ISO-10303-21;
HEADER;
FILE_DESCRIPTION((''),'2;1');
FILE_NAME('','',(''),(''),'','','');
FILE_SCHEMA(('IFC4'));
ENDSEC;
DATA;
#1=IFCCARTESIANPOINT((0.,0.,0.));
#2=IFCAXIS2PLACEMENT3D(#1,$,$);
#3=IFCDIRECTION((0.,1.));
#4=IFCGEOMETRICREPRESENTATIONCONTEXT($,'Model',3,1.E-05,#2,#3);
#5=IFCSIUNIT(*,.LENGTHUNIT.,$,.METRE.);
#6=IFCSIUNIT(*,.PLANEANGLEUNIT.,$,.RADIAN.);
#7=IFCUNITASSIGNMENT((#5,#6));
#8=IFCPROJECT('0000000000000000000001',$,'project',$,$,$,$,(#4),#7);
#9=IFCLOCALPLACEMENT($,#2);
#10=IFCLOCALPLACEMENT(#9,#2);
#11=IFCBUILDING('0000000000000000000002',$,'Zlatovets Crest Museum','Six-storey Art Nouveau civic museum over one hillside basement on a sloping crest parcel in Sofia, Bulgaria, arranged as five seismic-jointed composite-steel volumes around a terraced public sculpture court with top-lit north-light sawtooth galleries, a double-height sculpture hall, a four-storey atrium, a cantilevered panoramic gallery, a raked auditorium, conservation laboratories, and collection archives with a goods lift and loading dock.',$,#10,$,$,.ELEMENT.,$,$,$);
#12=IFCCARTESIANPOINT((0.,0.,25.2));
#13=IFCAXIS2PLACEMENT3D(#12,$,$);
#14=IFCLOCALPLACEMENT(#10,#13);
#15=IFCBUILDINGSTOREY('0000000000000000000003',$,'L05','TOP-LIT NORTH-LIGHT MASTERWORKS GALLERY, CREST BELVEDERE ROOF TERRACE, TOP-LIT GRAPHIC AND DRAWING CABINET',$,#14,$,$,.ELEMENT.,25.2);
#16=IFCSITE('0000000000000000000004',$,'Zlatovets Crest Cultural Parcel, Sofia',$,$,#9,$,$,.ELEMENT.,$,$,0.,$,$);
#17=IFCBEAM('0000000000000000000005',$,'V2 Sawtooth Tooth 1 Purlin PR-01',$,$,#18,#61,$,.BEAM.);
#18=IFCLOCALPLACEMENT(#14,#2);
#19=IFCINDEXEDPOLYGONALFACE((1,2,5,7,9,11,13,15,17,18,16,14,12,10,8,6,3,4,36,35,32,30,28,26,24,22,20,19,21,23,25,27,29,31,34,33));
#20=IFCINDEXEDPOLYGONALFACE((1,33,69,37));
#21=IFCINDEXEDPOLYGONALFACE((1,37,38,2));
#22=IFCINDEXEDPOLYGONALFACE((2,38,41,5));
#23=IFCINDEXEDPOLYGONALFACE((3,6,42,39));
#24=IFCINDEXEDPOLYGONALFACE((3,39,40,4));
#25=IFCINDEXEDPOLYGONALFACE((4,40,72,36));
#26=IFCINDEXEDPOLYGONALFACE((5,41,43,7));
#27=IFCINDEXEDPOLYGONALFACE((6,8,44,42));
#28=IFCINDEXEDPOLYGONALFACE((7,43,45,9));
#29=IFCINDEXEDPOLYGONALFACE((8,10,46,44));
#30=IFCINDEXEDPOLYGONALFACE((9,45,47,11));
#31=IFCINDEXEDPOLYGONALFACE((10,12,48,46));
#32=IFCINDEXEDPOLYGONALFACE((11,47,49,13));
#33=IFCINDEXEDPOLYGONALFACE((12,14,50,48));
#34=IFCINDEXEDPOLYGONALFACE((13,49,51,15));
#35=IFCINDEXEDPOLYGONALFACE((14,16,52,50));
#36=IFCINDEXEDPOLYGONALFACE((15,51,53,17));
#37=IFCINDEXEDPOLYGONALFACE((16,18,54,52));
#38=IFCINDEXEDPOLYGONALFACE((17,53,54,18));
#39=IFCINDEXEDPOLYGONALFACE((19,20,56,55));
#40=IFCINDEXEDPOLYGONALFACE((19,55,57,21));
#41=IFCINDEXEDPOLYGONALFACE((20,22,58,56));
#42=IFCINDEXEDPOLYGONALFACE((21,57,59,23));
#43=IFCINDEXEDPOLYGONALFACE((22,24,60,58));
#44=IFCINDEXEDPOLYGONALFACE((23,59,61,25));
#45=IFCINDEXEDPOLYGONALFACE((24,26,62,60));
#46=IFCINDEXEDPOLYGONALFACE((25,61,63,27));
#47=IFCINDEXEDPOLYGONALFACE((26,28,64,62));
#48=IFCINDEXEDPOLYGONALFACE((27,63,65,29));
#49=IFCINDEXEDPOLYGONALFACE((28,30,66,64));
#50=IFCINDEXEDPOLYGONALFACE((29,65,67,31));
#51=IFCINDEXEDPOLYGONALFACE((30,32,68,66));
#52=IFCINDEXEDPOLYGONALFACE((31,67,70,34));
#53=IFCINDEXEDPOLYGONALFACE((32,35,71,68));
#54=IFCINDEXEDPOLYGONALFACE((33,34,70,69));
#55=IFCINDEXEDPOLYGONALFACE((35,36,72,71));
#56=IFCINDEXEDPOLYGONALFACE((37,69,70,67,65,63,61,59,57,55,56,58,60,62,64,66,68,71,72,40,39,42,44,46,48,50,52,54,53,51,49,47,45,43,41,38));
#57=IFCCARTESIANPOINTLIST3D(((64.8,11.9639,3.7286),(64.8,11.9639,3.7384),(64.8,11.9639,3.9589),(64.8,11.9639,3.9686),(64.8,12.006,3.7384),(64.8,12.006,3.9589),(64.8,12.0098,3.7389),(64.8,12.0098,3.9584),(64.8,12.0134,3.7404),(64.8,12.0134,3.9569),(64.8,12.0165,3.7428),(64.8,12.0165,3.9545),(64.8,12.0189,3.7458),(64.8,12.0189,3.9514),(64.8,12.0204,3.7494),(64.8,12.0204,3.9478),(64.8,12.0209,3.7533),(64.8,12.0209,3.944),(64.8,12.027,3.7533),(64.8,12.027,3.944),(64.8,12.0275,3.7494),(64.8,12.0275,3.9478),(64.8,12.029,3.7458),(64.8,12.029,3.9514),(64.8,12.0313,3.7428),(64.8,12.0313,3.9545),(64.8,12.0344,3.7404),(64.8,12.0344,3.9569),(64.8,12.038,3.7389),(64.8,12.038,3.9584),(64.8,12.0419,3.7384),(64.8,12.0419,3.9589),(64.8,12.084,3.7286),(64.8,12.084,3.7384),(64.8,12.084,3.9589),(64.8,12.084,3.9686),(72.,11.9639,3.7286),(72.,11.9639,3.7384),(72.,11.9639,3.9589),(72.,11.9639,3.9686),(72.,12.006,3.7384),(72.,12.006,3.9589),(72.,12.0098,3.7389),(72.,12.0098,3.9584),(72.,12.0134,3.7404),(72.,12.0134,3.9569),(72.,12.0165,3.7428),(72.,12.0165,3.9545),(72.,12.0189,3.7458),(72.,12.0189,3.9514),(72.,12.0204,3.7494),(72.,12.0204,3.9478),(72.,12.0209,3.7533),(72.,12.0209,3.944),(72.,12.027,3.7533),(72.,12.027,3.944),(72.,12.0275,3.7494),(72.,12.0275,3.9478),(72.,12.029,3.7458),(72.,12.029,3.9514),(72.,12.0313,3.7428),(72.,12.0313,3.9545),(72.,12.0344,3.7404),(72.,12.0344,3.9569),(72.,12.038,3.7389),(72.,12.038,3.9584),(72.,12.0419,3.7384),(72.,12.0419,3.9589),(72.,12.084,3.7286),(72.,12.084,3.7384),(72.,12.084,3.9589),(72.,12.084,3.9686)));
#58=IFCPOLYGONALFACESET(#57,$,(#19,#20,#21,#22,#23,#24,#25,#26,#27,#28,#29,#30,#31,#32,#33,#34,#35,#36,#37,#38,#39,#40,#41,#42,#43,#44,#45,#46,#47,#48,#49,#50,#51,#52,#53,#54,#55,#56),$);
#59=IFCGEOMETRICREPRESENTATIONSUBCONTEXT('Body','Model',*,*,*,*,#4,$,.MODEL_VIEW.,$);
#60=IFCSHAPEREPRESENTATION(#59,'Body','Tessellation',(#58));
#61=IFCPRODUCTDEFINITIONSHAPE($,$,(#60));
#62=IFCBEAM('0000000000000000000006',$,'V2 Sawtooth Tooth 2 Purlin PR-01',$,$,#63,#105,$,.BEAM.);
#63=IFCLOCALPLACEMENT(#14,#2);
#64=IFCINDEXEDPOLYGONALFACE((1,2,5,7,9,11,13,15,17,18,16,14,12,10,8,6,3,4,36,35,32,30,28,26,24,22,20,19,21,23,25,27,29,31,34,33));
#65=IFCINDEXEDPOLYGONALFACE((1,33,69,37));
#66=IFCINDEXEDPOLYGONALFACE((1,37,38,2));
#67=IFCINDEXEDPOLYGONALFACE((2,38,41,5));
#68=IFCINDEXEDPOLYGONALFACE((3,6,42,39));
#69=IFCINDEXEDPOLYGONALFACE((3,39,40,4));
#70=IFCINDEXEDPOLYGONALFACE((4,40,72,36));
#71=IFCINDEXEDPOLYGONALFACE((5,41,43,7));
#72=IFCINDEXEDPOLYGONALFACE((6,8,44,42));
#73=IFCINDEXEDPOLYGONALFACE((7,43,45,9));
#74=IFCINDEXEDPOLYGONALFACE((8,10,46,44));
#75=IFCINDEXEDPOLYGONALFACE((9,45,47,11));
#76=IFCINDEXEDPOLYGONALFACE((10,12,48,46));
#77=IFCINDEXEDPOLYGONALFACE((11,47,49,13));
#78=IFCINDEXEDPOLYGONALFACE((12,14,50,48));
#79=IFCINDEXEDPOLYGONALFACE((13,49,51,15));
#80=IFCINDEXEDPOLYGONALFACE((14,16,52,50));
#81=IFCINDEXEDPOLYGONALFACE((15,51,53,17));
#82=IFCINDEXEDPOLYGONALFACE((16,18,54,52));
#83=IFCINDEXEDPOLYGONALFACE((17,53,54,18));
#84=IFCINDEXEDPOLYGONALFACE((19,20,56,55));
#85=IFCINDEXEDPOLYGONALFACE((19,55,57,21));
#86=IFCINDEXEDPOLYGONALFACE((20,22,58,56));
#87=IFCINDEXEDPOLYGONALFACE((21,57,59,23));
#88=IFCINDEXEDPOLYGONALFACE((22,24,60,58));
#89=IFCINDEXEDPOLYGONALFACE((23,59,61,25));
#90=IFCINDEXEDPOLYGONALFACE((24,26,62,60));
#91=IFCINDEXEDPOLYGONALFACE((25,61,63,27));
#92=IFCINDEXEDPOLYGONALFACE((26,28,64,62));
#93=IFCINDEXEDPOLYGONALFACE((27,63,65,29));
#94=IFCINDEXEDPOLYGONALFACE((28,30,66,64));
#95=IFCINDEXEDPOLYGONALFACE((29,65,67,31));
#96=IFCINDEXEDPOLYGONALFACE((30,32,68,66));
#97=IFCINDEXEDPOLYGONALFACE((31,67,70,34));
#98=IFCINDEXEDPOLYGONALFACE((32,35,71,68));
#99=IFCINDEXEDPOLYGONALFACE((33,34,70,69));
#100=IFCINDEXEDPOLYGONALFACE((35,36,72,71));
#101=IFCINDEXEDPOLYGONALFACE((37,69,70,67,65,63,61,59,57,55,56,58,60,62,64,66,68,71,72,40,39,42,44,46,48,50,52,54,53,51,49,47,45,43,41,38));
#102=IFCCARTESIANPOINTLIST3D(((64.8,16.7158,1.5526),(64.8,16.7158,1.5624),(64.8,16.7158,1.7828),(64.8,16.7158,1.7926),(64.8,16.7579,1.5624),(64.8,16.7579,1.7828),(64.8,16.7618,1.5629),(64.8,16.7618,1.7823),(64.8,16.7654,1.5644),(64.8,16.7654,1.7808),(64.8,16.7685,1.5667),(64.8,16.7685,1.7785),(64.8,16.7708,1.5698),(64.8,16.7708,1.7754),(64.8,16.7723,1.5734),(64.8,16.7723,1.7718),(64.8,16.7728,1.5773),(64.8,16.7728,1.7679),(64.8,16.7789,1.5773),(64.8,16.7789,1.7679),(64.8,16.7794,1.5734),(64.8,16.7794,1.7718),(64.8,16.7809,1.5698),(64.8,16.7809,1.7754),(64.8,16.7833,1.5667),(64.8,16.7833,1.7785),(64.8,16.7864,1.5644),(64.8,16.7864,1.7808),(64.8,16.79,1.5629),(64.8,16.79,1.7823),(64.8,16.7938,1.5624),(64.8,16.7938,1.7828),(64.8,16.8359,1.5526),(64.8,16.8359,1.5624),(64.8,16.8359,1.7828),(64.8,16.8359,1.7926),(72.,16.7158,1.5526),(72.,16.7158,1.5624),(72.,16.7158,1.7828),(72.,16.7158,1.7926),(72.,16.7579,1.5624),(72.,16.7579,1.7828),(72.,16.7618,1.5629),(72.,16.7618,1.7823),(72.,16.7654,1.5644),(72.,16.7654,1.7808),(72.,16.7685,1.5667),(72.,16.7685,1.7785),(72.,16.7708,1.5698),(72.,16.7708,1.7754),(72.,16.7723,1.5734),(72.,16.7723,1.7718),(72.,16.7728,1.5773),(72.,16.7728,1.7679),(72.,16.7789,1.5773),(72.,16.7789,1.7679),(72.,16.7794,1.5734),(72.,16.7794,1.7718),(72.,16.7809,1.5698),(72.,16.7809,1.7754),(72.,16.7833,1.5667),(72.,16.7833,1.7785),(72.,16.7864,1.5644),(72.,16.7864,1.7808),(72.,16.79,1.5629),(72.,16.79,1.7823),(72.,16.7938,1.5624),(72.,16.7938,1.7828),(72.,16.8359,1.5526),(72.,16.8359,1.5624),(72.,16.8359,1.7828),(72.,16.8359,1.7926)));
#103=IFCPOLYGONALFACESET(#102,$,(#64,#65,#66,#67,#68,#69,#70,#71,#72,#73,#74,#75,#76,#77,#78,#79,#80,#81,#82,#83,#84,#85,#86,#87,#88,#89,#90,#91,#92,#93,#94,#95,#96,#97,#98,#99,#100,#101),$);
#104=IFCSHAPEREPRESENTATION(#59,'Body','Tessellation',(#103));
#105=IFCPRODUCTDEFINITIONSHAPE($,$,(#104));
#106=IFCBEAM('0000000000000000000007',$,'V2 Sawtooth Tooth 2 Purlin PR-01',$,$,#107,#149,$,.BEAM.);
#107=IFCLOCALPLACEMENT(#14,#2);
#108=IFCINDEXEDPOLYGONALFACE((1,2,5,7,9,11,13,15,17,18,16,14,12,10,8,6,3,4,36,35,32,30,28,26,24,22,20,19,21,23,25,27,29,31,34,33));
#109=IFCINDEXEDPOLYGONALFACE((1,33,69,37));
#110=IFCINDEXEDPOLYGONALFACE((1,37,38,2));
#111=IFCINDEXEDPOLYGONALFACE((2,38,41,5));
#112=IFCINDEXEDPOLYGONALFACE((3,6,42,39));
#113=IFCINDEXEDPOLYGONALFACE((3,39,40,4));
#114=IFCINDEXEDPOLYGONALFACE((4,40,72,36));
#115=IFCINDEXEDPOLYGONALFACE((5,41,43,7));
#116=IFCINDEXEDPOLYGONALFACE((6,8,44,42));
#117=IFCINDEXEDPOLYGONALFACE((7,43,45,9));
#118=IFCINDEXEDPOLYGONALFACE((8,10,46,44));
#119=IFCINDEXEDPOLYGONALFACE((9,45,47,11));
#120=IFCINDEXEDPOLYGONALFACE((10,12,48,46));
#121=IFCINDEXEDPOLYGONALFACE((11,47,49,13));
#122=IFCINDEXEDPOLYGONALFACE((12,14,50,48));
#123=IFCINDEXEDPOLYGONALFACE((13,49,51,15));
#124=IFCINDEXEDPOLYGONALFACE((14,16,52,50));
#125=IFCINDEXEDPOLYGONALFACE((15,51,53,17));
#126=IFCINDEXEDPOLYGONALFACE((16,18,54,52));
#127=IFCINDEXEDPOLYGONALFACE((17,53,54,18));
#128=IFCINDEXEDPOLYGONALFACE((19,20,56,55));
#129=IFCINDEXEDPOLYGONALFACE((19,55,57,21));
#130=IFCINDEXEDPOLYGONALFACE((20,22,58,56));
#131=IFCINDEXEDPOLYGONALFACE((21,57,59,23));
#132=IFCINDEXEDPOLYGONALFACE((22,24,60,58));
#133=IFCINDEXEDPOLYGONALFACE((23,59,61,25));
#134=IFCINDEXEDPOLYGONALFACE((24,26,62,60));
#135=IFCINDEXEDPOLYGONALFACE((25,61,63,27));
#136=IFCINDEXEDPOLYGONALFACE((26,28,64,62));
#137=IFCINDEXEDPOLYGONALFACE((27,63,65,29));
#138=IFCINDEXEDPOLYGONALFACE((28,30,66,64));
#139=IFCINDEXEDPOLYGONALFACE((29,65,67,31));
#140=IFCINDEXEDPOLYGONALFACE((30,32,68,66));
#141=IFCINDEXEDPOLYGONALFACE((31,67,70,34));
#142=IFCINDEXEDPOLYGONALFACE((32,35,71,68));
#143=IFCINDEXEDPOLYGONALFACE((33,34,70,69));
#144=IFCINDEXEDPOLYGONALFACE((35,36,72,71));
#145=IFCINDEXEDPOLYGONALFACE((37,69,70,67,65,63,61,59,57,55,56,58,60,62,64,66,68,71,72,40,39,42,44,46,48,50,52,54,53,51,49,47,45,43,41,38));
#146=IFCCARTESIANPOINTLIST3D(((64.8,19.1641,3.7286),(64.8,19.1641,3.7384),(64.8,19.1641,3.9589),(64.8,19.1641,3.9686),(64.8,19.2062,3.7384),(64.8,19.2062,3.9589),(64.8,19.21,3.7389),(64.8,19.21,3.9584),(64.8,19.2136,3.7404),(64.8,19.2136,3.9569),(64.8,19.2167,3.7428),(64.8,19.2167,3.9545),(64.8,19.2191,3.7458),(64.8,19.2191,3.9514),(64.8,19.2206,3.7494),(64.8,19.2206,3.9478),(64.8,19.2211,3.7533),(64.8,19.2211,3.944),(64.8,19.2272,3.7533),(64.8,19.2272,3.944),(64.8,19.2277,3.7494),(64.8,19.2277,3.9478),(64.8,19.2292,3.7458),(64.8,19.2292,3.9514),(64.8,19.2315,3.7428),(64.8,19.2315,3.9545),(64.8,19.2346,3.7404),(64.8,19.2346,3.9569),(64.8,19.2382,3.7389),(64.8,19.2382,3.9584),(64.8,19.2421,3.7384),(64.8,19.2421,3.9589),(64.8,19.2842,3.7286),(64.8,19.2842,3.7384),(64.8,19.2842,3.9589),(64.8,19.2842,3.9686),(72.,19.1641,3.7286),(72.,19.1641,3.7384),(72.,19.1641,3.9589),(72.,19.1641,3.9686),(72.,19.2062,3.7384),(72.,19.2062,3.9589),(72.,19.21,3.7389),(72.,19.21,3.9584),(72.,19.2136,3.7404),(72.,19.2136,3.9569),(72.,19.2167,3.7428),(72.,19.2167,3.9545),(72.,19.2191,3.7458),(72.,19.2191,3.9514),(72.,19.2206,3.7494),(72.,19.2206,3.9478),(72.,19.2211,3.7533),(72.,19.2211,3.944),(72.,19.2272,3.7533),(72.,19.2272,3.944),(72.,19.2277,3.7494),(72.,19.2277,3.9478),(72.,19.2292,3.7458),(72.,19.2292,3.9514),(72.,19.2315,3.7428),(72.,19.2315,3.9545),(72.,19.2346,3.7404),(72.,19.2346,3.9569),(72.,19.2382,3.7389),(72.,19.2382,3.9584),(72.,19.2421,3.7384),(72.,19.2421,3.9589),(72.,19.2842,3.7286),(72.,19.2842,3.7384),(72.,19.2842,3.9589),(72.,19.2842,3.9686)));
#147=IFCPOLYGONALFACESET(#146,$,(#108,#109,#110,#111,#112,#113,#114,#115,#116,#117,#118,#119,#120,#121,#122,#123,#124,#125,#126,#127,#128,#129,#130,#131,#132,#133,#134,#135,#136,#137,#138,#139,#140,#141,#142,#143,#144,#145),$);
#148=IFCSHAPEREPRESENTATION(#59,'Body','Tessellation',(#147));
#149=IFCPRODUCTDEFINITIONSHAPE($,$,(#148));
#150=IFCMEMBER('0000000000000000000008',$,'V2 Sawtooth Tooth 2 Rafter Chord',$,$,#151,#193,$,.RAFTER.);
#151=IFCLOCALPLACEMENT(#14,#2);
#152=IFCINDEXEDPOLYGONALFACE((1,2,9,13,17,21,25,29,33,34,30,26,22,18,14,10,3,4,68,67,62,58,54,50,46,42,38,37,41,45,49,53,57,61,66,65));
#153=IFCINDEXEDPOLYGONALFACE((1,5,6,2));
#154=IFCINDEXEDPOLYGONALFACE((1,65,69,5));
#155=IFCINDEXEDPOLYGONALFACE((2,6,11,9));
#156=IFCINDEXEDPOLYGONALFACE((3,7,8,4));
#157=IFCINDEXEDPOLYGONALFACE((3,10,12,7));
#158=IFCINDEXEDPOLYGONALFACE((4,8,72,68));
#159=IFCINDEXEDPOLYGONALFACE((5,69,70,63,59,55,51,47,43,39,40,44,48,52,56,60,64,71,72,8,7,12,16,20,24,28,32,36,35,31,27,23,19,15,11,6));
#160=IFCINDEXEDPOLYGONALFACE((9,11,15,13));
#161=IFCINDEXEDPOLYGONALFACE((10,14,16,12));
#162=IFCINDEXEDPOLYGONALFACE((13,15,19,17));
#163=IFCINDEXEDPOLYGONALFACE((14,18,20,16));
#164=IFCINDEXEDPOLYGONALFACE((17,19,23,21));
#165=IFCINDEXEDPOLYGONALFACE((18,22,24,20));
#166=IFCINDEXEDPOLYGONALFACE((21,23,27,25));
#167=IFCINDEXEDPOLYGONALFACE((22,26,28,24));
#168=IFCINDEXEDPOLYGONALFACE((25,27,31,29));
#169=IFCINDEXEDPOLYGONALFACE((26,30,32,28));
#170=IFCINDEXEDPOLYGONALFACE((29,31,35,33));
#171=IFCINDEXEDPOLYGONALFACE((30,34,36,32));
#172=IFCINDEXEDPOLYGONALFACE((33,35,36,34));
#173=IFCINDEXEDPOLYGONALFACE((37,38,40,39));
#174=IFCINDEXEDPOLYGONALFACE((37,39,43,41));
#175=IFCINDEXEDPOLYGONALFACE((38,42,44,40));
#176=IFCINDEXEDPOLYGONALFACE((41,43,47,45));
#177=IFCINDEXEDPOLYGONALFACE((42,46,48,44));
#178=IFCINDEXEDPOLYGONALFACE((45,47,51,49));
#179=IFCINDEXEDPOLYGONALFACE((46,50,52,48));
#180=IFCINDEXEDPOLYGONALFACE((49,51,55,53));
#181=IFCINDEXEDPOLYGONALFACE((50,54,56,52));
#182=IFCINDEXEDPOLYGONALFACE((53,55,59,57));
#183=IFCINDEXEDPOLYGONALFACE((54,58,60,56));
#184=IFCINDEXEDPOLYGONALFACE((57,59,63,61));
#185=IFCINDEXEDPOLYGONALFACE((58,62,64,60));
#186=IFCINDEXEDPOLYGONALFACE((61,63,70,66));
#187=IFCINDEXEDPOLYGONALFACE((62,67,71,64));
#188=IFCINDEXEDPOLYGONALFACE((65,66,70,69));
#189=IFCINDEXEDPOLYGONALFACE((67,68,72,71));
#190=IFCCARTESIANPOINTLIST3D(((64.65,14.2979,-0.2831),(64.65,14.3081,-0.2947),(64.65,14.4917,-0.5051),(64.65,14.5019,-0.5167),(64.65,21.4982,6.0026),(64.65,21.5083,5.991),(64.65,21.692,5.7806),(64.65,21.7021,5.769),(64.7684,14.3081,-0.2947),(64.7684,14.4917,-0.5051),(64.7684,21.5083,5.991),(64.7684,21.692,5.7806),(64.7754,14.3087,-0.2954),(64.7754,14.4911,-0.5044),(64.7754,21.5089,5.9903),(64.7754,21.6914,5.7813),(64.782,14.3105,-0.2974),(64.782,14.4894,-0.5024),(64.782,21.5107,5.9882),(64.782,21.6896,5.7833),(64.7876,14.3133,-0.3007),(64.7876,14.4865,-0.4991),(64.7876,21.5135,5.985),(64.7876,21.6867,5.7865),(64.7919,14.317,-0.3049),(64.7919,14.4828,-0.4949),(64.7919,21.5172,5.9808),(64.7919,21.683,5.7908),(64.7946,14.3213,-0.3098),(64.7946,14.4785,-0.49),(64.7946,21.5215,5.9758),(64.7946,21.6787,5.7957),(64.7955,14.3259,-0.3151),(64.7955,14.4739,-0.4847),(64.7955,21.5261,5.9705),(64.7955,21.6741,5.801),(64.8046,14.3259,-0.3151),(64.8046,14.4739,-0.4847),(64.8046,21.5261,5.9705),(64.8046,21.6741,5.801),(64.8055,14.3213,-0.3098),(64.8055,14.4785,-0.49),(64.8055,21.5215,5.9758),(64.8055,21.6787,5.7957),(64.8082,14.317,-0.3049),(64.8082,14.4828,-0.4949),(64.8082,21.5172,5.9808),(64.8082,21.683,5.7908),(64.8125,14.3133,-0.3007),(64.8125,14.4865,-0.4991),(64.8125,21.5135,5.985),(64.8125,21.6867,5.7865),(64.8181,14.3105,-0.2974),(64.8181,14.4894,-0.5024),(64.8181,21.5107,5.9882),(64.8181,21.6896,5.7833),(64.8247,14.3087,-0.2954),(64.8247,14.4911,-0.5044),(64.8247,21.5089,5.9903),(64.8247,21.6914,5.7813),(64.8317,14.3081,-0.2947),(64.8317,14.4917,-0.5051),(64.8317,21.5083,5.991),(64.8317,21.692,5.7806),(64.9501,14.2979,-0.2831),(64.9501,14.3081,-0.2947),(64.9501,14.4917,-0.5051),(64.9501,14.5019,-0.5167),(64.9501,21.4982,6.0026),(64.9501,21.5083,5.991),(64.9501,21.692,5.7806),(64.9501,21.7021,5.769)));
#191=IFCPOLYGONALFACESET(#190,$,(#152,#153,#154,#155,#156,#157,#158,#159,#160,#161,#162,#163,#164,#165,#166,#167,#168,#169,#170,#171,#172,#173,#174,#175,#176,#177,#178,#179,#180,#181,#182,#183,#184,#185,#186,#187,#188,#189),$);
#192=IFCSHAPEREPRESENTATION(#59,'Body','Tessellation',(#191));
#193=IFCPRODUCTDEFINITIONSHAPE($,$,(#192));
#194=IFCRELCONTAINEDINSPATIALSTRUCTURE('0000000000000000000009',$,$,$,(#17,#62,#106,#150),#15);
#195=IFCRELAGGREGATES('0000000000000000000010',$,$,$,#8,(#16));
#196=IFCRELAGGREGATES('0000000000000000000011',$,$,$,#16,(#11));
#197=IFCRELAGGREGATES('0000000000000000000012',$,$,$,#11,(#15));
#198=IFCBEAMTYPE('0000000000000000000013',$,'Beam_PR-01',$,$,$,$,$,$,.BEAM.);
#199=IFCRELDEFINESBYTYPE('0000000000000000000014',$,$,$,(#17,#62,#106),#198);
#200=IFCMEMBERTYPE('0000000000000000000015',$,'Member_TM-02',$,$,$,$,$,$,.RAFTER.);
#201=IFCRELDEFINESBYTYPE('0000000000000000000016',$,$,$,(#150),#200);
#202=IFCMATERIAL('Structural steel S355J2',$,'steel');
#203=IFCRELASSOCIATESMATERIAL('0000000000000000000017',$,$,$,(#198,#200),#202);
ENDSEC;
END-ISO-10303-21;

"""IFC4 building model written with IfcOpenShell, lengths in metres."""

from ifc_helpers import new_model, si_unit, direction, frame, origin, origin_2d, place, context, subcontext, project, spatial, i_section, extrude, material, material_profile, profile_set, type_object, element, save


model = new_model("IFC4")

# Units and contexts
model_context = context("Model", 3, precision=1e-05, world=origin(), true_north=direction((0.0, 1.0)))
body_context = subcontext(model_context, "Body", "Model", "MODEL_VIEW")
ifc_project = project(units=[si_unit("LENGTHUNIT", "METRE"), si_unit("PLANEANGLEUNIT", "RADIAN")], contexts=[model_context])

# Site, building, storey
site_placement = place(None, origin())
site = spatial("IfcSite", under=ifc_project, at=site_placement, Name="Zlatovets Crest Cultural Parcel, Sofia", CompositionType="ELEMENT", RefElevation=0.0)
building_placement = place(site_placement, origin())
building = spatial("IfcBuilding", under=site, at=building_placement, Name="Zlatovets Crest Museum", Description="Six-storey Art Nouveau civic museum over one hillside basement on a sloping crest parcel in Sofia, Bulgaria, arranged as five seismic-jointed composite-steel volumes around a terraced public sculpture court with top-lit north-light sawtooth galleries, a double-height sculpture hall, a four-storey atrium, a cantilevered panoramic gallery, a raked auditorium, conservation laboratories, and collection archives with a goods lift and loading dock.", CompositionType="ELEMENT")
storey_placement = place(building_placement, frame((0.0, 0.0, 25.2)))
storey = spatial("IfcBuildingStorey", under=building, at=storey_placement, Name="L05", Description="TOP-LIT NORTH-LIGHT MASTERWORKS GALLERY, CREST BELVEDERE ROOF TERRACE, TOP-LIT GRAPHIC AND DRAWING CABINET", CompositionType="ELEMENT", Elevation=25.2)

# Beams
ifc_material_1 = material(Name="Structural steel S355J2", Category="steel")
ifc_material_profile_1 = material_profile(ifc_material_1, i_section(OverallWidth=0.1201, OverallDepth=0.24, WebThickness=0.0061, FlangeThickness=0.0098, FilletRadius=0.0149, at=origin_2d()), Name="IPE 240")
ifc_profile_set_1 = profile_set([ifc_material_profile_1], Name="Structural steel S355J2")
beam_type_1 = type_object("IfcBeamType", Name="Beam_PR-01", PredefinedType="BEAM", material=ifc_profile_set_1)
for number, where, z_axis, x_axis, name in (
    (1, (64.8, 12.0239, 3.8486), (1.0, 0.0, 0.0), (0.0, 1.0, 0.0), "V2 Sawtooth Tooth 1 Purlin PR-01"),
    (2, (64.8, 16.7759, 1.6726), (1.0, 0.0, 0.0), (0.0, 1.0, 0.0), "V2 Sawtooth Tooth 2 Purlin PR-01"),
    (3, (64.8, 19.2241, 3.8486), (1.0, 0.0, 0.0), (0.0, 1.0, 0.0), "V2 Sawtooth Tooth 2 Purlin PR-01"),
):
    element("IfcBeam", number, at=place(storey_placement, frame(where, z_axis=z_axis, x_axis=x_axis)), inside=storey, type_object=beam_type_1, Name=name, PredefinedType="BEAM", context=body_context, shape_type="SweptSolid", body=[
        extrude(i_section(OverallWidth=0.1201, OverallDepth=0.24, WebThickness=0.0061, FlangeThickness=0.0098, FilletRadius=0.0149, at=origin_2d()), origin(), (0.0, 0.0, 1.0), 7.2),
    ])

# Member
ifc_material_profile_2 = material_profile(ifc_material_1, i_section(OverallWidth=0.3, OverallDepth=0.3101, WebThickness=0.009, FlangeThickness=0.0154, FilletRadius=0.0271, at=origin_2d()), Name="HEA 320")
ifc_profile_set_2 = profile_set([ifc_material_profile_2], Name="Structural steel S355J2")
member_type_1 = type_object("IfcMemberType", Name="Member_TM-02", PredefinedType="RAFTER", material=ifc_profile_set_2)
member_1_placement = place(storey_placement, frame((64.8, 14.3999, -0.3999), z_axis=(0.0, 0.753329, 0.657643), x_axis=(-1.0, 0.0, 0.0)))
element("IfcMember", 4, at=member_1_placement, inside=storey, type_object=member_type_1, Name="V2 Sawtooth Tooth 2 Rafter Chord", PredefinedType="RAFTER", context=body_context, shape_type="SweptSolid", body=[
    extrude(i_section(OverallWidth=0.3, OverallDepth=0.3101, WebThickness=0.009, FlangeThickness=0.0154, FilletRadius=0.0271, at=origin_2d()), origin(), (0.0, 0.0, 1.0), 9.5579),
])

save(model, "model.ifc")
